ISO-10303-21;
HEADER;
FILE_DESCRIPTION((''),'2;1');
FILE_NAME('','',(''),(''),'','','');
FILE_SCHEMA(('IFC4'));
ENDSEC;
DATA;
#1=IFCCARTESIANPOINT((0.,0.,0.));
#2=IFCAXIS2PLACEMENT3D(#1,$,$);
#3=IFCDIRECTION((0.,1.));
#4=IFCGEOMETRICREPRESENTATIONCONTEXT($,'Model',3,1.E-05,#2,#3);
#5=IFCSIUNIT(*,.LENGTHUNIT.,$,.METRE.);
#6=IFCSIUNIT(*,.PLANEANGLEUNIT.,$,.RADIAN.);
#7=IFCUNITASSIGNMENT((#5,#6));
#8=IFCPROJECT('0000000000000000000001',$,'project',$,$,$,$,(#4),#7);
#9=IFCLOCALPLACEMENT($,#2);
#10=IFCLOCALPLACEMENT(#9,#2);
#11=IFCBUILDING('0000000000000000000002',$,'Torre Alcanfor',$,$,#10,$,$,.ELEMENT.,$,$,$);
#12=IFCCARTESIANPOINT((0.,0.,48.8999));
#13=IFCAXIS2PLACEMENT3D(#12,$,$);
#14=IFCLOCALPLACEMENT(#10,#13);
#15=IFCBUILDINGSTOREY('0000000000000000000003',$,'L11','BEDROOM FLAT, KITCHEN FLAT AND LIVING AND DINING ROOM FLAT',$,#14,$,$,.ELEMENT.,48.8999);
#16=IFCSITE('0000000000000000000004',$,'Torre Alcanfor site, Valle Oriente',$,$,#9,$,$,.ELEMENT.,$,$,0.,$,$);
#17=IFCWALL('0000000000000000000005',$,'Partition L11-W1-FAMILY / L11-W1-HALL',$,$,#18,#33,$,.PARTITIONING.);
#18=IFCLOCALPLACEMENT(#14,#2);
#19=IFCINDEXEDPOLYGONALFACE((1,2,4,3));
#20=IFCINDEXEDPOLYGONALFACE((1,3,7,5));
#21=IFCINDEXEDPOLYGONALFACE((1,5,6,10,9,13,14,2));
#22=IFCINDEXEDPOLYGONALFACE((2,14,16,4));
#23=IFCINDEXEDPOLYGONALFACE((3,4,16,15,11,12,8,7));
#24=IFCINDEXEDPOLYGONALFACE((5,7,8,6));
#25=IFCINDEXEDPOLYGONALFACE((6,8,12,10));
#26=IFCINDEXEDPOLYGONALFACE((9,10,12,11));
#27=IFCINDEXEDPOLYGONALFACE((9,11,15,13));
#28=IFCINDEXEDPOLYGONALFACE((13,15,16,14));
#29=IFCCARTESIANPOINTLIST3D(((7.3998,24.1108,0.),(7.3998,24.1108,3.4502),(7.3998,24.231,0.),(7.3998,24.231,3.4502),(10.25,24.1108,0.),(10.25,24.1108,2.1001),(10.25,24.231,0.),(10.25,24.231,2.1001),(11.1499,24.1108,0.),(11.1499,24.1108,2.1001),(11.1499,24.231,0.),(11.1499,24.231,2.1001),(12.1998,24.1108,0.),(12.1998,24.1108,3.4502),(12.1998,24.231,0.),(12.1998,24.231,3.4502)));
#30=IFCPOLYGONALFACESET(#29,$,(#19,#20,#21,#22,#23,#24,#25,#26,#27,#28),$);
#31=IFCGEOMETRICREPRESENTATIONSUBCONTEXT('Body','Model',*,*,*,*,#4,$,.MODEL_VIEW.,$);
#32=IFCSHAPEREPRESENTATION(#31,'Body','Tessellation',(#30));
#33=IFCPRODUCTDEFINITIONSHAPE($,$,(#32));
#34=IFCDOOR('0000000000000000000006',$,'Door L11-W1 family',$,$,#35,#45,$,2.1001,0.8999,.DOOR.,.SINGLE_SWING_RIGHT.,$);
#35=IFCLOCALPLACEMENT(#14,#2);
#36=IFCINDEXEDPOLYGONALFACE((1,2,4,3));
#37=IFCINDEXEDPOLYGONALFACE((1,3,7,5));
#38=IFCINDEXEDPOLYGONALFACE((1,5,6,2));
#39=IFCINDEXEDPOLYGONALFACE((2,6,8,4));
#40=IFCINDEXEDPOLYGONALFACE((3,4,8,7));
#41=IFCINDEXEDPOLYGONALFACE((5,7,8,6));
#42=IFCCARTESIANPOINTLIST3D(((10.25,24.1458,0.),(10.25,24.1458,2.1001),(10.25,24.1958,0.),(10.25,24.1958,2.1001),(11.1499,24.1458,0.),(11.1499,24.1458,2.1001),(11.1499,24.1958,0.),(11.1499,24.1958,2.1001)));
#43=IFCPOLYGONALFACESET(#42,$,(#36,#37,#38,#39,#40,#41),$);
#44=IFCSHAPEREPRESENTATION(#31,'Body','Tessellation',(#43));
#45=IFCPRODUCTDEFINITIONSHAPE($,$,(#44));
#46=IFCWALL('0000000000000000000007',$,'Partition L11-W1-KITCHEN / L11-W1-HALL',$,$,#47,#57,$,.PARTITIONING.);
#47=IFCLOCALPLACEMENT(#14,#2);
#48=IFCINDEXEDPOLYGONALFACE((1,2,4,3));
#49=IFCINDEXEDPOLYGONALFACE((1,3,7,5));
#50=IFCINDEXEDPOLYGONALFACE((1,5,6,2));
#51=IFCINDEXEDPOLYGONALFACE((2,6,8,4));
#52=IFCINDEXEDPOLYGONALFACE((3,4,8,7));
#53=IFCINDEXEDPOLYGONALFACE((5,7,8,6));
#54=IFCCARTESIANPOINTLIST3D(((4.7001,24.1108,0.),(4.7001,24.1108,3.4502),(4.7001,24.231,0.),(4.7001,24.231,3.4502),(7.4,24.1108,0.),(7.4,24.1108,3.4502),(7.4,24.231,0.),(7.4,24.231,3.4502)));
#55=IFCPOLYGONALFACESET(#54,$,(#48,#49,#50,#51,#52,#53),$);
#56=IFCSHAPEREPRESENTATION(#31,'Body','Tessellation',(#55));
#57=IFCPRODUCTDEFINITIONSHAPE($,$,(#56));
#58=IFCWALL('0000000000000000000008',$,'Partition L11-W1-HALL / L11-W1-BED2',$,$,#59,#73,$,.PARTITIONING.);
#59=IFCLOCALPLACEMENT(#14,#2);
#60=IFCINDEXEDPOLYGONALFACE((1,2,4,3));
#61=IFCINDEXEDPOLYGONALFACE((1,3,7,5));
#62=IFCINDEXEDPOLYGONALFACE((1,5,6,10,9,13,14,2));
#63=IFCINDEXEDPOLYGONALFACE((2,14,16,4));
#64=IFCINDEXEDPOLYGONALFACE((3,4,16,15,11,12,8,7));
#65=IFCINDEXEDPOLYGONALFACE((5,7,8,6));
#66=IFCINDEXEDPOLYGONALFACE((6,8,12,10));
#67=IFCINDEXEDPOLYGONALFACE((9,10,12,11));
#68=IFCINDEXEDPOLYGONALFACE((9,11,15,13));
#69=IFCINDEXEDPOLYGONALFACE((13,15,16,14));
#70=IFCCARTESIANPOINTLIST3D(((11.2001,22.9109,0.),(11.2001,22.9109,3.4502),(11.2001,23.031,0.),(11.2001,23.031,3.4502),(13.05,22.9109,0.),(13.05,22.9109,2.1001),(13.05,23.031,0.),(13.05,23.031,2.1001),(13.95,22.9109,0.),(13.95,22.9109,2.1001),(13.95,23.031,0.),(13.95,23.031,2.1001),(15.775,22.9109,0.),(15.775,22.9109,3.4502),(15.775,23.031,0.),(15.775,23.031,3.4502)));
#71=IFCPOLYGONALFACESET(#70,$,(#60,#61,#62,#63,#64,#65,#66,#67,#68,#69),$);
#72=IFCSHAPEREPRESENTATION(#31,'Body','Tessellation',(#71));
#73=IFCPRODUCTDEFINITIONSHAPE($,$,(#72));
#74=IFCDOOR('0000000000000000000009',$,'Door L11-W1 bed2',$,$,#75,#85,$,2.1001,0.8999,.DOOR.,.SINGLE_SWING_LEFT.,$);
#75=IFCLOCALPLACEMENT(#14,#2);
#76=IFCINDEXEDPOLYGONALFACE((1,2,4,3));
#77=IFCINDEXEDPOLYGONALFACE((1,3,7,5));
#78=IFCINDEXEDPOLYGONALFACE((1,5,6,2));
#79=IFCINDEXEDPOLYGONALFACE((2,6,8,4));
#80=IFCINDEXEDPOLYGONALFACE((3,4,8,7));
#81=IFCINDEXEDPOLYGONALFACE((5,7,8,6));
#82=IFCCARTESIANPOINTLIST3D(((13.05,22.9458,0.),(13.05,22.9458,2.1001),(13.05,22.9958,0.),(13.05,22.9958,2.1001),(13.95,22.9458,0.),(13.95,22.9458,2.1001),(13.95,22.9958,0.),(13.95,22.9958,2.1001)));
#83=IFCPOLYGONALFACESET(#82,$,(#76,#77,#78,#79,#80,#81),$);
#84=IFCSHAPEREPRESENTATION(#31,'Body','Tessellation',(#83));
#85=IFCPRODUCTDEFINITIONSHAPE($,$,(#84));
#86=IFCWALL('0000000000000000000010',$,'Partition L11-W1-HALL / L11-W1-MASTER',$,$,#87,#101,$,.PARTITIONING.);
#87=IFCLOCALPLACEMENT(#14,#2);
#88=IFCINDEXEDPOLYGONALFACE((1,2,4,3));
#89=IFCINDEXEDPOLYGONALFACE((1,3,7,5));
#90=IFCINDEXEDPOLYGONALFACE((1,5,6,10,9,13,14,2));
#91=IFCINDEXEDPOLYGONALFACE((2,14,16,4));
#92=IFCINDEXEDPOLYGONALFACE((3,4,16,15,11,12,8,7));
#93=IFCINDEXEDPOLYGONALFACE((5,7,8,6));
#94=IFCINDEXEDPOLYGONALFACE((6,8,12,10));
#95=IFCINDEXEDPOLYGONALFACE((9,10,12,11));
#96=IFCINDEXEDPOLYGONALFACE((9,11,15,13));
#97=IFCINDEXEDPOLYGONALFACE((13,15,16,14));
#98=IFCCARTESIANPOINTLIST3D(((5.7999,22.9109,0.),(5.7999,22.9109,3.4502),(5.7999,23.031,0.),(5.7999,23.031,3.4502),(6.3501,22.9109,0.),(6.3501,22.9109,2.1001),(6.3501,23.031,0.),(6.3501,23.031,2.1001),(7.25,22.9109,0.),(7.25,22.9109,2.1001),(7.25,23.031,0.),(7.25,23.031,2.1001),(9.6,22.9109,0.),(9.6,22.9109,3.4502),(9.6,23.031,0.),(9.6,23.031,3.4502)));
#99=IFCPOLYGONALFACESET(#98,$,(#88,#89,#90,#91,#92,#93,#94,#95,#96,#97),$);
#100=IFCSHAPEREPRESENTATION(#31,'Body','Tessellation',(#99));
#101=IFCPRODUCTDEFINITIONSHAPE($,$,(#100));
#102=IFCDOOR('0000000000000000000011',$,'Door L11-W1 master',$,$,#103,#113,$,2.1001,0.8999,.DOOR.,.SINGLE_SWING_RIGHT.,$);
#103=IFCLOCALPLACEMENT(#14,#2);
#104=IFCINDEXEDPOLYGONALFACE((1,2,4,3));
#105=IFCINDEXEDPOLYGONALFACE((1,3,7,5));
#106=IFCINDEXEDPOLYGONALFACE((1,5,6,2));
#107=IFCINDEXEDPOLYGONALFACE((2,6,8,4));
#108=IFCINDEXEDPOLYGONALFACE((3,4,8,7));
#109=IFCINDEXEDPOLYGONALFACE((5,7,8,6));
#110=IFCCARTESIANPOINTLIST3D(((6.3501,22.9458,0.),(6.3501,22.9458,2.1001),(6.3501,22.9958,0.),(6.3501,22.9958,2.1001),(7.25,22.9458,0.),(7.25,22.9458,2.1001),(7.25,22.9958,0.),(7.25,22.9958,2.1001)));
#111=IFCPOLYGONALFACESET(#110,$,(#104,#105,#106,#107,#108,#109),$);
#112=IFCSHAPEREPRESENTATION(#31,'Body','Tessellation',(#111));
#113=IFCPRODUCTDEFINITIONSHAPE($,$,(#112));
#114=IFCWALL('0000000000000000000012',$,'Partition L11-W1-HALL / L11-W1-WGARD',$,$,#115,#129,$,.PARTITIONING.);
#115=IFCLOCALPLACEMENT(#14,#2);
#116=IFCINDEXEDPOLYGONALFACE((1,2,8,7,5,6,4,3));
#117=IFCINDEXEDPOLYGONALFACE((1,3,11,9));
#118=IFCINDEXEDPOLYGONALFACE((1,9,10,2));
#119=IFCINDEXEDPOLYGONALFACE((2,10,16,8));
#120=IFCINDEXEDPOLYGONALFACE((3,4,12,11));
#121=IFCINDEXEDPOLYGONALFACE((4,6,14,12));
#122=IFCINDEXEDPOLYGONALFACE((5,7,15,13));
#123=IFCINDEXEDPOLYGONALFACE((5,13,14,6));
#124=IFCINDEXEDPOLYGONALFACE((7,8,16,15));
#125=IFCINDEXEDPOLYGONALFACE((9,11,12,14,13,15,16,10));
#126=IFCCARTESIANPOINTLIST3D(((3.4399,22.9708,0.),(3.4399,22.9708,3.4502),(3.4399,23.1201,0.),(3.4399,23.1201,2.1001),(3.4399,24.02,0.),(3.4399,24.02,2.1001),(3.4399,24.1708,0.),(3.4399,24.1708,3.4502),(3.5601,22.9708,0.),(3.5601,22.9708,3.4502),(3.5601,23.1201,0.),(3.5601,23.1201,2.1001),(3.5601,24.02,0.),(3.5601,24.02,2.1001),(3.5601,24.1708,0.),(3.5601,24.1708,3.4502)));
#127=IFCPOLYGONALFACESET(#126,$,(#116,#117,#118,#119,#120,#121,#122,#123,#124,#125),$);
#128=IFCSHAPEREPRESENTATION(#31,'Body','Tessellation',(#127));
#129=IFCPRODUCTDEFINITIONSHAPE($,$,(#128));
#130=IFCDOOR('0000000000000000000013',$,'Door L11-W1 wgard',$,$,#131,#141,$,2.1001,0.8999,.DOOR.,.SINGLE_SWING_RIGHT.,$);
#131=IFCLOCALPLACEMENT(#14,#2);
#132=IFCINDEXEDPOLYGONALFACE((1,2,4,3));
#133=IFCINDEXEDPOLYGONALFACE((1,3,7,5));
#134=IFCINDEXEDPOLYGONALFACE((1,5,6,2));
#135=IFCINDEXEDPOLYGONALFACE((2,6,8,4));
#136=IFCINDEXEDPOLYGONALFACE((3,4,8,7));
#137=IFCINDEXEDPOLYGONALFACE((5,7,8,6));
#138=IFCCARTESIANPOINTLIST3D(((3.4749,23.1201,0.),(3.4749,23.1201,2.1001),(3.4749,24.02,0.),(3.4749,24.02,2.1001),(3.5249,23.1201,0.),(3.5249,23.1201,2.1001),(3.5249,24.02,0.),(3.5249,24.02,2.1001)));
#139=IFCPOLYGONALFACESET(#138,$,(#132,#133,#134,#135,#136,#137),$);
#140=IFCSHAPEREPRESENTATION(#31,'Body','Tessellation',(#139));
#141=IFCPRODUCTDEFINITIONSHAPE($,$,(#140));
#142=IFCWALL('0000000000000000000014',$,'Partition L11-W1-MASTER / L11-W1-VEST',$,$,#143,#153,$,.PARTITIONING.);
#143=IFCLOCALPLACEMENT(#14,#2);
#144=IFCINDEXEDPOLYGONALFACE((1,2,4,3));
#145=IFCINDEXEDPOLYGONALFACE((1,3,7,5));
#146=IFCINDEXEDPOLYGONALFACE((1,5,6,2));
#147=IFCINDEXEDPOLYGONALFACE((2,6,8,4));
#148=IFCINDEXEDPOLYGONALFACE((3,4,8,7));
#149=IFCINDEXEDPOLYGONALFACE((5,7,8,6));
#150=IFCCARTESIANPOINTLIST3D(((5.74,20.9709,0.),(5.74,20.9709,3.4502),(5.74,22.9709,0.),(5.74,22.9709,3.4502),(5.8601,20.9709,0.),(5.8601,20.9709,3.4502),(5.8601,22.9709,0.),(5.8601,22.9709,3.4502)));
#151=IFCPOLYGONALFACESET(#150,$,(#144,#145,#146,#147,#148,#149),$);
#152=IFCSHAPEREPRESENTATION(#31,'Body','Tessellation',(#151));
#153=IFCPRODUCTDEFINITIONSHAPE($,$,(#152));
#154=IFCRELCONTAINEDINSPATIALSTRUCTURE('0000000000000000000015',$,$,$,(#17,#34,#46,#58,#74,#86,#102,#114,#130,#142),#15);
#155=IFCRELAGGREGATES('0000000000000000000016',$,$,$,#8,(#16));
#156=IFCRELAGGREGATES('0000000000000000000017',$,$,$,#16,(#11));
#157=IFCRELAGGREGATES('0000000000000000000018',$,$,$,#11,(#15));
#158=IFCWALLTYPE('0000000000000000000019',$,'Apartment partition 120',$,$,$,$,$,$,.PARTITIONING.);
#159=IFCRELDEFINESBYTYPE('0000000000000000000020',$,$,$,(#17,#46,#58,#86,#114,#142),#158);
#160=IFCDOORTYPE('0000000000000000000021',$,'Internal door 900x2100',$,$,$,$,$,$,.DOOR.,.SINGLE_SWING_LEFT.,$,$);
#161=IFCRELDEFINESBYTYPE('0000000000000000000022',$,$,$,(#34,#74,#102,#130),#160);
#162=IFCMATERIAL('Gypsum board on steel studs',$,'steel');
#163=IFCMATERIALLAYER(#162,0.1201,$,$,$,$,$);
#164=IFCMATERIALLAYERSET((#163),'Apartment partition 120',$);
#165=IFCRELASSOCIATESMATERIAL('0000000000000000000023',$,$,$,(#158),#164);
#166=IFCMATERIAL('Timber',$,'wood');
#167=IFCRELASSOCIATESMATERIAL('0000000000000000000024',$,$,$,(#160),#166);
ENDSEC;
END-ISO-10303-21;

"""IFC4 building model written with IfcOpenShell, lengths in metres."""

from ifc_helpers import new_model, si_unit, direction, frame, frame_2d, origin, place, context, subcontext, project, spatial, rectangle, extrude, material, layer, layer_set, type_object, element, fill, save


model = new_model("IFC4")

# Units and contexts
model_context = context("Model", 3, precision=1e-05, world=origin(), true_north=direction((0.0, 1.0)))
body_context = subcontext(model_context, "Body", "Model", "MODEL_VIEW")
ifc_project = project(units=[si_unit("LENGTHUNIT", "METRE"), si_unit("PLANEANGLEUNIT", "RADIAN")], contexts=[model_context])

# Site, building, storey
site_placement = place(None, origin())
site = spatial("IfcSite", under=ifc_project, at=site_placement, Name="Torre Alcanfor site, Valle Oriente", CompositionType="ELEMENT", RefElevation=0.0)
building_placement = place(site_placement, origin())
building = spatial("IfcBuilding", under=site, at=building_placement, Name="Torre Alcanfor", CompositionType="ELEMENT")
storey_placement = place(building_placement, frame((0.0, 0.0, 48.8999)))
storey = spatial("IfcBuildingStorey", under=building, at=storey_placement, Name="L11", Description="BEDROOM FLAT, KITCHEN FLAT AND LIVING AND DINING ROOM FLAT", CompositionType="ELEMENT", Elevation=48.8999)

# Wall, opening, door
ifc_material_1 = material(Name="Gypsum board on steel studs", Category="steel")
ifc_layer_1 = layer(ifc_material_1, 0.1201)
ifc_layer_set_1 = layer_set([ifc_layer_1], Name="Apartment partition 120")
wall_type_1 = type_object("IfcWallType", Name="Apartment partition 120", PredefinedType="PARTITIONING", material=ifc_layer_set_1)
wall_1_placement = place(storey_placement, frame((7.3999, 24.1709, 0.0), z_axis=(0.0, 0.0, 1.0), x_axis=(1.0, 0.0, 0.0)))
wall_1 = element("IfcWall", 1, at=wall_1_placement, inside=storey, type_object=wall_type_1, Name="Partition L11-W1-FAMILY / L11-W1-HALL", PredefinedType="PARTITIONING", context=body_context, shape_type="SweptSolid", body=[
    extrude(rectangle(XDim=4.8, YDim=0.1201, at=frame_2d((2.3999, 0.0))), origin(), (0.0, 0.0, 1.0), 3.4502),
])
opening_1_placement = place(wall_1_placement, frame((2.8501, 0.0, 0.0)))
opening_1 = element("IfcOpeningElement", 2, at=opening_1_placement, cuts=wall_1, PredefinedType="OPENING", context=body_context, shape_type="SweptSolid", body=[
    extrude(rectangle(XDim=0.8999, YDim=2.1001, at=frame_2d((0.45, 1.05))), frame((0.0, 0.0701, 0.0), z_axis=(0.0, -1.0, 0.0), x_axis=(1.0, 0.0, 0.0)), (0.0, 0.0, 1.0), 0.1401),
])
ifc_material_2 = material(Name="Timber", Category="wood")
door_type_1 = type_object("IfcDoorType", Name="Internal door 900x2100", OperationType="SINGLE_SWING_LEFT", PredefinedType="DOOR", material=ifc_material_2)
door_1_placement = place(opening_1_placement, origin())
door_1 = element("IfcDoor", 3, at=door_1_placement, inside=storey, type_object=door_type_1, Name="Door L11-W1 family", OperationType="SINGLE_SWING_RIGHT", OverallHeight=2.1001, OverallWidth=0.8999, PredefinedType="DOOR", context=body_context, shape_type="SweptSolid", body=[
    extrude(rectangle(XDim=0.8999, YDim=2.1001, at=frame_2d((0.45, 1.05))), frame((0.0, 0.0249, 0.0), z_axis=(0.0, -1.0, 0.0), x_axis=(1.0, 0.0, 0.0)), (0.0, 0.0, 1.0), 0.05),
])
fill(opening_1, door_1)

# Wall
wall_2_placement = place(storey_placement, frame((4.7, 24.1709, 0.0), z_axis=(0.0, 0.0, 1.0), x_axis=(1.0, 0.0, 0.0)))
element("IfcWall", 4, at=wall_2_placement, inside=storey, type_object=wall_type_1, Name="Partition L11-W1-KITCHEN / L11-W1-HALL", PredefinedType="PARTITIONING", context=body_context, shape_type="SweptSolid", body=[
    extrude(rectangle(XDim=2.7, YDim=0.1201, at=frame_2d((1.3501, 0.0))), origin(), (0.0, 0.0, 1.0), 3.4502),
])

# Walls, openings, doors
wall_3_placement = place(storey_placement, frame((11.2, 22.9709, 0.0), z_axis=(0.0, 0.0, 1.0), x_axis=(1.0, 0.0, 0.0)))
wall_3 = element("IfcWall", 5, at=wall_3_placement, inside=storey, type_object=wall_type_1, Name="Partition L11-W1-HALL / L11-W1-BED2", PredefinedType="PARTITIONING", context=body_context, shape_type="SweptSolid", body=[
    extrude(rectangle(XDim=4.575, YDim=0.1201, at=frame_2d((2.2876, 0.0))), origin(), (0.0, 0.0, 1.0), 3.4502),
])
opening_2_placement = place(wall_3_placement, frame((1.8501, 0.0, 0.0)))
opening_2 = element("IfcOpeningElement", 6, at=opening_2_placement, cuts=wall_3, PredefinedType="OPENING", context=body_context, shape_type="SweptSolid", body=[
    extrude(rectangle(XDim=0.8999, YDim=2.1001, at=frame_2d((0.45, 1.05))), frame((0.0, 0.0701, 0.0), z_axis=(0.0, -1.0, 0.0), x_axis=(1.0, 0.0, 0.0)), (0.0, 0.0, 1.0), 0.1401),
])
door_2_placement = place(opening_2_placement, frame((0.8999, 0.0, 0.0), z_axis=(0.0, 0.0, 1.0), x_axis=(-1.0, 0.0, 0.0)))
door_2 = element("IfcDoor", 7, at=door_2_placement, inside=storey, type_object=door_type_1, Name="Door L11-W1 bed2", OperationType="SINGLE_SWING_LEFT", OverallHeight=2.1001, OverallWidth=0.8999, PredefinedType="DOOR", context=body_context, shape_type="SweptSolid", body=[
    extrude(rectangle(XDim=0.8999, YDim=2.1001, at=frame_2d((0.45, 1.05))), frame((0.0, 0.0251, 0.0), z_axis=(0.0, -1.0, 0.0), x_axis=(1.0, 0.0, 0.0)), (0.0, 0.0, 1.0), 0.05),
])
fill(opening_2, door_2)
wall_4_placement = place(storey_placement, frame((5.8, 22.9709, 0.0), z_axis=(0.0, 0.0, 1.0), x_axis=(1.0, 0.0, 0.0)))
wall_4 = element("IfcWall", 8, at=wall_4_placement, inside=storey, type_object=wall_type_1, Name="Partition L11-W1-HALL / L11-W1-MASTER", PredefinedType="PARTITIONING", context=body_context, shape_type="SweptSolid", body=[
    extrude(rectangle(XDim=3.8, YDim=0.1201, at=frame_2d((1.8999, 0.0))), origin(), (0.0, 0.0, 1.0), 3.4502),
])
opening_3_placement = place(wall_4_placement, frame((0.55, 0.0, 0.0)))
opening_3 = element("IfcOpeningElement", 9, at=opening_3_placement, cuts=wall_4, PredefinedType="OPENING", context=body_context, shape_type="SweptSolid", body=[
    extrude(rectangle(XDim=0.8999, YDim=2.1001, at=frame_2d((0.45, 1.05))), frame((0.0, 0.0701, 0.0), z_axis=(0.0, -1.0, 0.0), x_axis=(1.0, 0.0, 0.0)), (0.0, 0.0, 1.0), 0.1401),
])
door_3_placement = place(opening_3_placement, frame((0.8999, 0.0, 0.0), z_axis=(0.0, 0.0, 1.0), x_axis=(-1.0, 0.0, 0.0)))
door_3 = element("IfcDoor", 10, at=door_3_placement, inside=storey, type_object=door_type_1, Name="Door L11-W1 master", OperationType="SINGLE_SWING_RIGHT", OverallHeight=2.1001, OverallWidth=0.8999, PredefinedType="DOOR", context=body_context, shape_type="SweptSolid", body=[
    extrude(rectangle(XDim=0.8999, YDim=2.1001, at=frame_2d((0.45, 1.05))), frame((0.0, 0.0251, 0.0), z_axis=(0.0, -1.0, 0.0), x_axis=(1.0, 0.0, 0.0)), (0.0, 0.0, 1.0), 0.05),
])
fill(opening_3, door_3)
wall_5_placement = place(storey_placement, frame((3.5, 24.1709, 0.0), z_axis=(0.0, 0.0, 1.0), x_axis=(0.0, -1.0, 0.0)))
wall_5 = element("IfcWall", 11, at=wall_5_placement, inside=storey, type_object=wall_type_1, Name="Partition L11-W1-HALL / L11-W1-WGARD", PredefinedType="PARTITIONING", context=body_context, shape_type="SweptSolid", body=[
    extrude(rectangle(XDim=1.2, YDim=0.1201, at=frame_2d((0.6001, 0.0))), origin(), (0.0, 0.0, 1.0), 3.4502),
])
opening_4_placement = place(wall_5_placement, frame((0.1509, 0.0, 0.0)))
opening_4 = element("IfcOpeningElement", 12, at=opening_4_placement, cuts=wall_5, PredefinedType="OPENING", context=body_context, shape_type="SweptSolid", body=[
    extrude(rectangle(XDim=0.8999, YDim=2.1001, at=frame_2d((0.45, 1.05))), frame((0.0, 0.0701, 0.0), z_axis=(0.0, -1.0, 0.0), x_axis=(1.0, 0.0, 0.0)), (0.0, 0.0, 1.0), 0.1401),
])
door_4_placement = place(opening_4_placement, frame((0.8999, 0.0, 0.0), z_axis=(0.0, 0.0, 1.0), x_axis=(-1.0, 0.0, 0.0)))
door_4 = element("IfcDoor", 13, at=door_4_placement, inside=storey, type_object=door_type_1, Name="Door L11-W1 wgard", OperationType="SINGLE_SWING_RIGHT", OverallHeight=2.1001, OverallWidth=0.8999, PredefinedType="DOOR", context=body_context, shape_type="SweptSolid", body=[
    extrude(rectangle(XDim=0.8999, YDim=2.1001, at=frame_2d((0.45, 1.05))), frame((0.0, 0.0251, 0.0), z_axis=(0.0, -1.0, 0.0), x_axis=(1.0, 0.0, 0.0)), (0.0, 0.0, 1.0), 0.05),
])
fill(opening_4, door_4)

# Wall
wall_6_placement = place(storey_placement, frame((5.8, 20.9709, 0.0), z_axis=(0.0, 0.0, 1.0), x_axis=(0.0, 1.0, 0.0)))
element("IfcWall", 14, at=wall_6_placement, inside=storey, type_object=wall_type_1, Name="Partition L11-W1-MASTER / L11-W1-VEST", PredefinedType="PARTITIONING", context=body_context, shape_type="SweptSolid", body=[
    extrude(rectangle(XDim=2.0, YDim=0.1201, at=frame_2d((1.0, 0.0))), origin(), (0.0, 0.0, 1.0), 3.4502),
])

save(model, "model.ifc")
